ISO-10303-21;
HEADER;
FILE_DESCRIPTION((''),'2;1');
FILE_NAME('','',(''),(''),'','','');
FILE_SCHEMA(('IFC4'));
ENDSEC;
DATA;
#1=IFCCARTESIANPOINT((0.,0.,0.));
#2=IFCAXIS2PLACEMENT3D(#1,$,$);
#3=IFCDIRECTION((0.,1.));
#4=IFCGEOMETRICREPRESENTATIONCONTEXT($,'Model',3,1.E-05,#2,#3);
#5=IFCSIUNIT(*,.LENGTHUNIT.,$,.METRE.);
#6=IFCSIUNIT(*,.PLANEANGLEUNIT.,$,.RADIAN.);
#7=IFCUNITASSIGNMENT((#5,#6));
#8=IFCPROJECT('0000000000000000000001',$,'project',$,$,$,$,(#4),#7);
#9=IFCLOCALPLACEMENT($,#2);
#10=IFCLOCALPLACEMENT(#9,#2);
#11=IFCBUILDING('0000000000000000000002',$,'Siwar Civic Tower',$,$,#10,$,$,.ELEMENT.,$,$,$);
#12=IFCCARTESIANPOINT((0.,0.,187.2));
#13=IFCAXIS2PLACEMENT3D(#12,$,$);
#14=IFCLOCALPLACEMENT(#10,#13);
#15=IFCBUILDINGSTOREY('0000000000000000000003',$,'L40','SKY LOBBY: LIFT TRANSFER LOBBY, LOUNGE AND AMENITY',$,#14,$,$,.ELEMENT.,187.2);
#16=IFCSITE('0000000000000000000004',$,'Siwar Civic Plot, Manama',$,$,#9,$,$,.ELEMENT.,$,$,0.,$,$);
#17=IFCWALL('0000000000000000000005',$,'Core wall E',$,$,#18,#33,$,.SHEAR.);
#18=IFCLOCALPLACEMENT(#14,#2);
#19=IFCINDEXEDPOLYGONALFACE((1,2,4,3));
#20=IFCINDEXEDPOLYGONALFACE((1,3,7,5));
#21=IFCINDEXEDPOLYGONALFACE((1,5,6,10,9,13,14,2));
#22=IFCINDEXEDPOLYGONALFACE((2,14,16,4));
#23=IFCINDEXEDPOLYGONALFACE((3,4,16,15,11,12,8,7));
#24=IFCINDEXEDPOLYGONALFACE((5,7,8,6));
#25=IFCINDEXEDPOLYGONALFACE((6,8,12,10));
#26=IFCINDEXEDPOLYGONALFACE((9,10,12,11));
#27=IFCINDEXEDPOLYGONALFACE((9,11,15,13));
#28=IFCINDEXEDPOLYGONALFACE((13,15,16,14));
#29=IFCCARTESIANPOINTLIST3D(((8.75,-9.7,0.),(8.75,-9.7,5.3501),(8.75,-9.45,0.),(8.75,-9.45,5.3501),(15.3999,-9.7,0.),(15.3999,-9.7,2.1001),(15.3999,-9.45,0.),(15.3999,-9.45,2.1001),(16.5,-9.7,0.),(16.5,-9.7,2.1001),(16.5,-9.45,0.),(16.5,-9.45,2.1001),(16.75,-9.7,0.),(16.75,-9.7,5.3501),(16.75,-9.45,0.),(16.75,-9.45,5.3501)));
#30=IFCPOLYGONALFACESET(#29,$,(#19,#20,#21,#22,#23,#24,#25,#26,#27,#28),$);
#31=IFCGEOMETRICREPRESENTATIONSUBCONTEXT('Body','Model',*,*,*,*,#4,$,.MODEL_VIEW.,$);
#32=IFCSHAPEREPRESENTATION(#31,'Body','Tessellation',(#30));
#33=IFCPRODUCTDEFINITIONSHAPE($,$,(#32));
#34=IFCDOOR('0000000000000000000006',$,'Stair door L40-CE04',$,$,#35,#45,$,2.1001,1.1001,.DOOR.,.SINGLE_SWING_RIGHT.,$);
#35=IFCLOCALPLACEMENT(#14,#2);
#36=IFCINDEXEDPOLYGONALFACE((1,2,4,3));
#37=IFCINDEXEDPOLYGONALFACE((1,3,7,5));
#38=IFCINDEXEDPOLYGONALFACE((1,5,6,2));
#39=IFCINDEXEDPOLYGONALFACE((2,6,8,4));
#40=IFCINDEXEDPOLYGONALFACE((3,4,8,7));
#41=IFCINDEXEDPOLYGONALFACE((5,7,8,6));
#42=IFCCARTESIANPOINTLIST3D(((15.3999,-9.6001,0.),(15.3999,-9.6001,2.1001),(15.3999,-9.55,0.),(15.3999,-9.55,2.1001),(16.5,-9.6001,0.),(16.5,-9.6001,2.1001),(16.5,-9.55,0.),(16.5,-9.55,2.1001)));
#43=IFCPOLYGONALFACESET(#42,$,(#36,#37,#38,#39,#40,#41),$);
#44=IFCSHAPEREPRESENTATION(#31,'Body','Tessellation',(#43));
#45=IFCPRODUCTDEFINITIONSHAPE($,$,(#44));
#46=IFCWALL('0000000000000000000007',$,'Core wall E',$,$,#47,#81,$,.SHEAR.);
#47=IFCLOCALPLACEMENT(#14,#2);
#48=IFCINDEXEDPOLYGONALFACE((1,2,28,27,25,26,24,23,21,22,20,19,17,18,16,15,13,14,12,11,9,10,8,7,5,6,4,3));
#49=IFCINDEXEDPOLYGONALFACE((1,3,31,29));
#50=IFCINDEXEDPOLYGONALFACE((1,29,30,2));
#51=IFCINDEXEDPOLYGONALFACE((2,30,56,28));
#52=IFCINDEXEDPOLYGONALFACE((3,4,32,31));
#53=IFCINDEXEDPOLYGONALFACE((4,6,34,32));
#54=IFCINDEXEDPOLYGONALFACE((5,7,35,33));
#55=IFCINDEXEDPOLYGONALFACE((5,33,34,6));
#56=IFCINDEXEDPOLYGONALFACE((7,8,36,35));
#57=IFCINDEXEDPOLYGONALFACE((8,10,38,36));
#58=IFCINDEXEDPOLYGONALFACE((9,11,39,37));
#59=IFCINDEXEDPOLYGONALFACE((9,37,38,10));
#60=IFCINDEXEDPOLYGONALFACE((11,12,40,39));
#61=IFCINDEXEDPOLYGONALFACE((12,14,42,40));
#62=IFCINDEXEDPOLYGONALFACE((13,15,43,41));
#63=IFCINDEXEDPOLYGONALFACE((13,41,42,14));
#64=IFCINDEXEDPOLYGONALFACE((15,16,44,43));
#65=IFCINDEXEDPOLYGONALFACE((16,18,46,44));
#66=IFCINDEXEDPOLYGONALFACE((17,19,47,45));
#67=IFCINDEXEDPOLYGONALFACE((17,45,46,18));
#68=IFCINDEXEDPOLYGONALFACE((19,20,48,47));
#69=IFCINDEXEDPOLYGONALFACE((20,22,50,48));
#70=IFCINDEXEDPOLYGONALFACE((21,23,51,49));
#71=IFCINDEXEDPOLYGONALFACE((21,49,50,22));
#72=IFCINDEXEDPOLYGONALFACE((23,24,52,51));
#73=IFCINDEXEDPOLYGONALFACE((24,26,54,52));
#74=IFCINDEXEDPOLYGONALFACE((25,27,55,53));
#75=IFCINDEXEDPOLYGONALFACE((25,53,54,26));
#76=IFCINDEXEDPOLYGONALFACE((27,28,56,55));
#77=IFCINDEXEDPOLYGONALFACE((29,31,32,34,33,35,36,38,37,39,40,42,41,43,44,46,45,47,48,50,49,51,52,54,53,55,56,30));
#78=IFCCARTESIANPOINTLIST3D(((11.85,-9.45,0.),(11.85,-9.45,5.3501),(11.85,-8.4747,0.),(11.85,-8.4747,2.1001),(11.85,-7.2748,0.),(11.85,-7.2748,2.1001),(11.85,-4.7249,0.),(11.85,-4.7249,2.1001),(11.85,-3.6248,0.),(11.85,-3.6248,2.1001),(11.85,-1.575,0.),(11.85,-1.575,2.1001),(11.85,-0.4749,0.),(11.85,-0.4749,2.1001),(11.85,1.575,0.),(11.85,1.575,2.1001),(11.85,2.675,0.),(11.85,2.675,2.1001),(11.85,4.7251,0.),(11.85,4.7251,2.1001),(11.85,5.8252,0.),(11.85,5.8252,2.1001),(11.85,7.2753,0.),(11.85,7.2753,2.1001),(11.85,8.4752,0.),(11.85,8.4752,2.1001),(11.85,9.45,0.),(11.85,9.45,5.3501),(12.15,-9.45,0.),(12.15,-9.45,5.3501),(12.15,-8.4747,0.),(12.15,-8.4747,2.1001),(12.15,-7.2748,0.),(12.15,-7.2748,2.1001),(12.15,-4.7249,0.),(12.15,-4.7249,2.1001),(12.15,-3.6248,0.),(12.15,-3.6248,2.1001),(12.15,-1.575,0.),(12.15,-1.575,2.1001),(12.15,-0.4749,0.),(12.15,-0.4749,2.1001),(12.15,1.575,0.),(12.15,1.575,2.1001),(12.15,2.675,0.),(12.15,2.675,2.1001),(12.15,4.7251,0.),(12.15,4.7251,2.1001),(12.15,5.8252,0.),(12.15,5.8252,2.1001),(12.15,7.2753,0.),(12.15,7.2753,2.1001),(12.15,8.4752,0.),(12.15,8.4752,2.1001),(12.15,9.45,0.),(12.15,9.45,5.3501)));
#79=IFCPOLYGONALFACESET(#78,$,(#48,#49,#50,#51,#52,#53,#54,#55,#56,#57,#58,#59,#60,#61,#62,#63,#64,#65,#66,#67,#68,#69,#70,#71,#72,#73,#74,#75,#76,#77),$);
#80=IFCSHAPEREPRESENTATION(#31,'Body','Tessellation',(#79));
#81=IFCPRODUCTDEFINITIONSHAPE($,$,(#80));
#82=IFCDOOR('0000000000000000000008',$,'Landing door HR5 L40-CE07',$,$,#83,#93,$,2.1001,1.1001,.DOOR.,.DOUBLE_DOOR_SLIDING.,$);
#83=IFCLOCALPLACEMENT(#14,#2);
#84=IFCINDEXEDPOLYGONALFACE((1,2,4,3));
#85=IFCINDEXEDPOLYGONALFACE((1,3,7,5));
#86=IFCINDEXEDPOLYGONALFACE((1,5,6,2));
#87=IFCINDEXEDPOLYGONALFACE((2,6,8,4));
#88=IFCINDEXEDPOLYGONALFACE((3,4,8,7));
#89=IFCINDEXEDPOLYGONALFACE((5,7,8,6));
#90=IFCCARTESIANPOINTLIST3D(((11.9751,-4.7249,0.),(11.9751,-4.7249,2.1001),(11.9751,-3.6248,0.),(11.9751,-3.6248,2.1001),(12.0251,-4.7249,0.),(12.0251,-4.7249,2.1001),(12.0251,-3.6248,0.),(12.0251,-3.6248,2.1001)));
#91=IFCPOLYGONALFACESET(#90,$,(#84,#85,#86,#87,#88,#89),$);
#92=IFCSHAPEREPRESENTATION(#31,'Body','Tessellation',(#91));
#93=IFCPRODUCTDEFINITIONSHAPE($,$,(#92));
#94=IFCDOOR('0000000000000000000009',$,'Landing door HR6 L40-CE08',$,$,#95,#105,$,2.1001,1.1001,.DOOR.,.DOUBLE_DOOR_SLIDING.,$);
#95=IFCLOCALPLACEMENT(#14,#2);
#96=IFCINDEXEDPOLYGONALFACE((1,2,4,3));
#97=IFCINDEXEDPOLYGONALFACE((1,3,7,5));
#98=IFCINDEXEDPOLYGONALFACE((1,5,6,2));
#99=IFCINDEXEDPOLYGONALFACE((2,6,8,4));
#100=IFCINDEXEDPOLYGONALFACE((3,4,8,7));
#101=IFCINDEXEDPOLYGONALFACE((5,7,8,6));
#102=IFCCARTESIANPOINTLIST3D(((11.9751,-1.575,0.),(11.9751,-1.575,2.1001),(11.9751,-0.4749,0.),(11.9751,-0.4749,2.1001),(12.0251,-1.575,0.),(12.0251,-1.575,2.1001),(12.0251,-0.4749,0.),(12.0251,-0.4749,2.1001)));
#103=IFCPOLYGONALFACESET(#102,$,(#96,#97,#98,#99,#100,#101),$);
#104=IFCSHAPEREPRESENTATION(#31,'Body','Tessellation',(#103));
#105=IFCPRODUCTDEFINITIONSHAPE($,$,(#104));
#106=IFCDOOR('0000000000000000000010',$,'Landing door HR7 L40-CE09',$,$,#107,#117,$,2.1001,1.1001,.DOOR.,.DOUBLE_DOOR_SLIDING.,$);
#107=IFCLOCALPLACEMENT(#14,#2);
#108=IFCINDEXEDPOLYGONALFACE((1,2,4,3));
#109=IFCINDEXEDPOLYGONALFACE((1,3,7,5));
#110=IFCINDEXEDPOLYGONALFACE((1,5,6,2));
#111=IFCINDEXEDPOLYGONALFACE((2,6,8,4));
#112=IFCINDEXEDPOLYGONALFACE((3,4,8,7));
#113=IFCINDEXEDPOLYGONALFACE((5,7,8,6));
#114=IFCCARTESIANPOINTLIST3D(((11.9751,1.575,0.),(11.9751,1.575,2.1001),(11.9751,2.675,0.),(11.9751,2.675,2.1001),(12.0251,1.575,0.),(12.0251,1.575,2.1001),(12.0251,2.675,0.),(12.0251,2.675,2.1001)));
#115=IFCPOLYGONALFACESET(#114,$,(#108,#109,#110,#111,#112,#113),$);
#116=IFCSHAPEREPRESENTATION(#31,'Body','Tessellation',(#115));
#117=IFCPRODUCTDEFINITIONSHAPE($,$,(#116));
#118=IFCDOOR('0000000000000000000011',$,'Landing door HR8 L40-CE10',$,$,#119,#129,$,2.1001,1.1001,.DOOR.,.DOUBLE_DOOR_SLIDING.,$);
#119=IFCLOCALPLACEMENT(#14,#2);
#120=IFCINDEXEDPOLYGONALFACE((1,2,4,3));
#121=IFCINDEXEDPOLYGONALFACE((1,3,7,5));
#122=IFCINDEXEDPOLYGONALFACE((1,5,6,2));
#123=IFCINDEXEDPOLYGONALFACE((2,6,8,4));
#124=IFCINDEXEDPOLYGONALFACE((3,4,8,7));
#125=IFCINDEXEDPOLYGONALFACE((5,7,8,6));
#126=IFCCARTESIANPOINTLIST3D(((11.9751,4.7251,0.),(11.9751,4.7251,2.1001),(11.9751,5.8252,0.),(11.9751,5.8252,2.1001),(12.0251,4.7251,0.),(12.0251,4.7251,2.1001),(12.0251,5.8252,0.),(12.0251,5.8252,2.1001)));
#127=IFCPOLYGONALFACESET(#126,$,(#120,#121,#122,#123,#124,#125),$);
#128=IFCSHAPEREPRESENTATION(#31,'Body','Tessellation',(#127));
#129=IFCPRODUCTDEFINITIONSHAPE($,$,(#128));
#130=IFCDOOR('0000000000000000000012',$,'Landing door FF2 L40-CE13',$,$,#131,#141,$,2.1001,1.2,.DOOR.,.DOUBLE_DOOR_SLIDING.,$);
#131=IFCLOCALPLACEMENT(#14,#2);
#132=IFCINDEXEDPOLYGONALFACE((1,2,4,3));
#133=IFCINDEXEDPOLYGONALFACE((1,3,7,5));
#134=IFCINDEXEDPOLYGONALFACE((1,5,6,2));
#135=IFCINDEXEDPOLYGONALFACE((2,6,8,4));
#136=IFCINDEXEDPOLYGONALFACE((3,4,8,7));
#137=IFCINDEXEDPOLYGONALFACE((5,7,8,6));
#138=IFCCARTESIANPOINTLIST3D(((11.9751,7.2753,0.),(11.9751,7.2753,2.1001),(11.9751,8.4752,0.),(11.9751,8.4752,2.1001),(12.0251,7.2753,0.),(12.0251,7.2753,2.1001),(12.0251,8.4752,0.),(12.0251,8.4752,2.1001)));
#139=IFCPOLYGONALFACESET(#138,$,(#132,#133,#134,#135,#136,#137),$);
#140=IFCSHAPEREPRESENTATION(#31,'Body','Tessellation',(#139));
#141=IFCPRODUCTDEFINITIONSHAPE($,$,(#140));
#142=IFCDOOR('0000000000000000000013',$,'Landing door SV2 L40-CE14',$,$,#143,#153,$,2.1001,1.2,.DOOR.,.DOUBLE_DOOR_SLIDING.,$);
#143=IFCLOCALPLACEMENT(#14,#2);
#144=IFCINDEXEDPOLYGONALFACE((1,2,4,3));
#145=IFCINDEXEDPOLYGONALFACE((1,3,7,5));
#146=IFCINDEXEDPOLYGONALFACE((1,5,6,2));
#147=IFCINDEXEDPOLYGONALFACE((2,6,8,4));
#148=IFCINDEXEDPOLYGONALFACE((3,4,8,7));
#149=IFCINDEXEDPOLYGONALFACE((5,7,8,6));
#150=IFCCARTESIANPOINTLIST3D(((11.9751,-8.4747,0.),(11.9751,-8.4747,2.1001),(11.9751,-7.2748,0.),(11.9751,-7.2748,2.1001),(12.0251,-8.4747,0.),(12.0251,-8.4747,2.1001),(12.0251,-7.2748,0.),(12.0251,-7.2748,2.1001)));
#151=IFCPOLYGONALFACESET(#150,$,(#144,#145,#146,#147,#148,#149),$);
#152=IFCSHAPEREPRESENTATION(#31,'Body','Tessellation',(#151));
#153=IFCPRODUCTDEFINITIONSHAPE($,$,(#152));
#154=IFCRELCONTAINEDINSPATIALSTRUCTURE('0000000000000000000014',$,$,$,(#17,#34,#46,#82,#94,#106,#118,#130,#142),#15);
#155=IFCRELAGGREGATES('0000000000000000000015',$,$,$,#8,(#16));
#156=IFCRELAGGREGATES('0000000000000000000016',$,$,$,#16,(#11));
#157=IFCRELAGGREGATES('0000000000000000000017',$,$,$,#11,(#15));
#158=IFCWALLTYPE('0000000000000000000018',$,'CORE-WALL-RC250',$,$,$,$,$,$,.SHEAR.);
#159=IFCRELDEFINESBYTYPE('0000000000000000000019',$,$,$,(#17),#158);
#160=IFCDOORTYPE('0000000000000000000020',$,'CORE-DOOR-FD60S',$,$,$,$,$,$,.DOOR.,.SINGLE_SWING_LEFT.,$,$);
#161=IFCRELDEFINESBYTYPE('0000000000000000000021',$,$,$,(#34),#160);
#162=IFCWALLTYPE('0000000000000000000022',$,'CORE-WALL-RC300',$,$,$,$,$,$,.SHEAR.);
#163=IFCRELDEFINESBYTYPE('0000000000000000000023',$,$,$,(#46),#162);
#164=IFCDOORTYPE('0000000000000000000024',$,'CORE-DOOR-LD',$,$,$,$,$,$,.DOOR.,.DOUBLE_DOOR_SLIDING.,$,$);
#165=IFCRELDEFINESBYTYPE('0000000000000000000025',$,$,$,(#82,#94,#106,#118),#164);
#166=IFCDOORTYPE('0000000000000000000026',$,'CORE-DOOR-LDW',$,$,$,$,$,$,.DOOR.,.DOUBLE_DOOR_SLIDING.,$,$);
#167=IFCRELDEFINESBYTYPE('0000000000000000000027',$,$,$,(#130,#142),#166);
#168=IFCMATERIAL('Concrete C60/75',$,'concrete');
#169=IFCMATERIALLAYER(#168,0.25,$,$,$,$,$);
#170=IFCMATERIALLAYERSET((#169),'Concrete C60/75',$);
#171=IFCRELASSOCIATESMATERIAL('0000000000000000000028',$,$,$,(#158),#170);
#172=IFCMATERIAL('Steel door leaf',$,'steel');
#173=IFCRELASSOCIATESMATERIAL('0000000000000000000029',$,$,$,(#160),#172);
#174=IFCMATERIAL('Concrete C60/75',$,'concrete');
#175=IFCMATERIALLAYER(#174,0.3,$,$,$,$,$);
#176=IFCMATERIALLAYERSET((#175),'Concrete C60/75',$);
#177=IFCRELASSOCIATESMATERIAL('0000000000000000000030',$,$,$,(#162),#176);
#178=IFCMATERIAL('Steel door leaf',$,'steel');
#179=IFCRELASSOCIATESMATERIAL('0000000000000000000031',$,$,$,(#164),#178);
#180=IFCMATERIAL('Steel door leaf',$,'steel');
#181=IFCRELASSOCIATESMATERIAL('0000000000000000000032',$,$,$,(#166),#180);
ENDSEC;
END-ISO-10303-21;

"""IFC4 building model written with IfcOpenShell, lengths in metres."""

from ifc_helpers import new_model, si_unit, direction, frame, frame_2d, origin, place, context, subcontext, project, spatial, rectangle, extrude, material, layer, layer_set, type_object, element, fill, save


model = new_model("IFC4")

# Units and contexts
model_context = context("Model", 3, precision=1e-05, world=origin(), true_north=direction((0.0, 1.0)))
body_context = subcontext(model_context, "Body", "Model", "MODEL_VIEW")
ifc_project = project(units=[si_unit("LENGTHUNIT", "METRE"), si_unit("PLANEANGLEUNIT", "RADIAN")], contexts=[model_context])

# Site, building, storey
site_placement = place(None, origin())
site = spatial("IfcSite", under=ifc_project, at=site_placement, Name="Siwar Civic Plot, Manama", CompositionType="ELEMENT", RefElevation=0.0)
building_placement = place(site_placement, origin())
building = spatial("IfcBuilding", under=site, at=building_placement, Name="Siwar Civic Tower", CompositionType="ELEMENT")
storey_placement = place(building_placement, frame((0.0, 0.0, 187.2)))
storey = spatial("IfcBuildingStorey", under=building, at=storey_placement, Name="L40", Description="SKY LOBBY: LIFT TRANSFER LOBBY, LOUNGE AND AMENITY", CompositionType="ELEMENT", Elevation=187.2)

# Shared definitions
ifc_material_1 = material(Name="Concrete C60/75", Category="concrete")
ifc_layer_1 = layer(ifc_material_1, 0.25)
ifc_layer_set_1 = layer_set([ifc_layer_1], Name="Concrete C60/75")
wall_type_1 = type_object("IfcWallType", Name="CORE-WALL-RC250", PredefinedType="SHEAR", material=ifc_layer_set_1)

# Wall, opening, door
wall_1_placement = place(storey_placement, frame((8.75, -9.575, 0.0), z_axis=(0.0, 0.0, 1.0), x_axis=(1.0, 0.0, 0.0)))
wall_1 = element("IfcWall", 1, at=wall_1_placement, inside=storey, type_object=wall_type_1, Name="Core wall E", PredefinedType="SHEAR", context=body_context, shape_type="SweptSolid", body=[
    extrude(rectangle(XDim=8.0, YDim=0.25, at=frame_2d((4.0, 0.0))), origin(), (0.0, 0.0, 1.0), 5.3501),
])
opening_1_placement = place(wall_1_placement, frame((6.6499, 0.0, 0.0)))
opening_1 = element("IfcOpeningElement", 2, at=opening_1_placement, cuts=wall_1, PredefinedType="OPENING", context=body_context, shape_type="SweptSolid", body=[
    extrude(rectangle(XDim=1.1001, YDim=2.1001, at=frame_2d((0.55, 1.05))), frame((0.0, 0.135, 0.0), z_axis=(0.0, -1.0, 0.0), x_axis=(1.0, 0.0, 0.0)), (0.0, 0.0, 1.0), 0.27),
])
ifc_material_2 = material(Name="Steel door leaf", Category="steel")
door_type_1 = type_object("IfcDoorType", Name="CORE-DOOR-FD60S", OperationType="SINGLE_SWING_LEFT", PredefinedType="DOOR", material=ifc_material_2)
door_1_placement = place(opening_1_placement, origin())
door_1 = element("IfcDoor", 3, at=door_1_placement, inside=storey, type_object=door_type_1, Name="Stair door L40-CE04", OperationType="SINGLE_SWING_RIGHT", OverallHeight=2.1001, OverallWidth=1.1001, PredefinedType="DOOR", context=body_context, shape_type="SweptSolid", body=[
    extrude(rectangle(XDim=1.1001, YDim=2.1001, at=frame_2d((0.55, 1.05))), frame((0.0, 0.0249, 0.0), z_axis=(0.0, -1.0, 0.0), x_axis=(1.0, 0.0, 0.0)), (0.0, 0.0, 1.0), 0.05),
])
fill(opening_1, door_1)

# Wall, openings, doors
ifc_material_3 = material(Name="Concrete C60/75", Category="concrete")
ifc_layer_2 = layer(ifc_material_3, 0.3)
ifc_layer_set_2 = layer_set([ifc_layer_2], Name="Concrete C60/75")
wall_type_2 = type_object("IfcWallType", Name="CORE-WALL-RC300", PredefinedType="SHEAR", material=ifc_layer_set_2)
wall_2_placement = place(storey_placement, frame((12.0, -9.45, 0.0), z_axis=(0.0, 0.0, 1.0), x_axis=(0.0, 1.0, 0.0)))
wall_2 = element("IfcWall", 4, at=wall_2_placement, inside=storey, type_object=wall_type_2, Name="Core wall E", PredefinedType="SHEAR", context=body_context, shape_type="SweptSolid", body=[
    extrude(rectangle(XDim=18.8999, YDim=0.3, at=frame_2d((9.45, 0.0))), origin(), (0.0, 0.0, 1.0), 5.3501),
])
opening_2_placement = place(wall_2_placement, frame((4.7251, 0.0, 0.0)))
opening_2 = element("IfcOpeningElement", 5, at=opening_2_placement, cuts=wall_2, PredefinedType="OPENING", context=body_context, shape_type="SweptSolid", body=[
    extrude(rectangle(XDim=1.1001, YDim=2.1001, at=frame_2d((0.55, 1.05))), frame((0.0, 0.1602, 0.0), z_axis=(0.0, -1.0, 0.0), x_axis=(1.0, 0.0, 0.0)), (0.0, 0.0, 1.0), 0.3201),
])
opening_3_placement = place(wall_2_placement, frame((7.875, 0.0, 0.0)))
opening_3 = element("IfcOpeningElement", 6, at=opening_3_placement, cuts=wall_2, PredefinedType="OPENING", context=body_context, shape_type="SweptSolid", body=[
    extrude(rectangle(XDim=1.1001, YDim=2.1001, at=frame_2d((0.55, 1.05))), frame((0.0, 0.1602, 0.0), z_axis=(0.0, -1.0, 0.0), x_axis=(1.0, 0.0, 0.0)), (0.0, 0.0, 1.0), 0.3201),
])
opening_4_placement = place(wall_2_placement, frame((11.0249, 0.0, 0.0)))
opening_4 = element("IfcOpeningElement", 7, at=opening_4_placement, cuts=wall_2, PredefinedType="OPENING", context=body_context, shape_type="SweptSolid", body=[
    extrude(rectangle(XDim=1.1001, YDim=2.1001, at=frame_2d((0.55, 1.05))), frame((0.0, 0.1602, 0.0), z_axis=(0.0, -1.0, 0.0), x_axis=(1.0, 0.0, 0.0)), (0.0, 0.0, 1.0), 0.3201),
])
opening_5_placement = place(wall_2_placement, frame((14.175, 0.0, 0.0)))
opening_5 = element("IfcOpeningElement", 8, at=opening_5_placement, cuts=wall_2, PredefinedType="OPENING", context=body_context, shape_type="SweptSolid", body=[
    extrude(rectangle(XDim=1.1001, YDim=2.1001, at=frame_2d((0.55, 1.05))), frame((0.0, 0.1602, 0.0), z_axis=(0.0, -1.0, 0.0), x_axis=(1.0, 0.0, 0.0)), (0.0, 0.0, 1.0), 0.3201),
])
opening_6_placement = place(wall_2_placement, frame((16.7251, 0.0, 0.0)))
opening_6 = element("IfcOpeningElement", 9, at=opening_6_placement, cuts=wall_2, PredefinedType="OPENING", context=body_context, shape_type="SweptSolid", body=[
    extrude(rectangle(XDim=1.2, YDim=2.1001, at=frame_2d((0.6001, 1.05))), frame((0.0, 0.1602, 0.0), z_axis=(0.0, -1.0, 0.0), x_axis=(1.0, 0.0, 0.0)), (0.0, 0.0, 1.0), 0.3201),
])
opening_7_placement = place(wall_2_placement, frame((0.9751, 0.0, 0.0)))
opening_7 = element("IfcOpeningElement", 10, at=opening_7_placement, cuts=wall_2, PredefinedType="OPENING", context=body_context, shape_type="SweptSolid", body=[
    extrude(rectangle(XDim=1.2, YDim=2.1001, at=frame_2d((0.6001, 1.05))), frame((0.0, 0.1602, 0.0), z_axis=(0.0, -1.0, 0.0), x_axis=(1.0, 0.0, 0.0)), (0.0, 0.0, 1.0), 0.3201),
])
ifc_material_4 = material(Name="Steel door leaf", Category="steel")
door_type_2 = type_object("IfcDoorType", Name="CORE-DOOR-LD", OperationType="DOUBLE_DOOR_SLIDING", PredefinedType="DOOR", material=ifc_material_4)
door_2_placement = place(opening_2_placement, origin())
door_2 = element("IfcDoor", 11, at=door_2_placement, inside=storey, type_object=door_type_2, Name="Landing door HR5 L40-CE07", OperationType="DOUBLE_DOOR_SLIDING", OverallHeight=2.1001, OverallWidth=1.1001, PredefinedType="DOOR", context=body_context, shape_type="SweptSolid", body=[
    extrude(rectangle(XDim=1.1001, YDim=2.1001, at=frame_2d((0.55, 1.05))), frame((0.0, 0.0249, 0.0), z_axis=(0.0, -1.0, 0.0), x_axis=(1.0, 0.0, 0.0)), (0.0, 0.0, 1.0), 0.05),
])
fill(opening_2, door_2)
door_3_placement = place(opening_3_placement, origin())
door_3 = element("IfcDoor", 12, at=door_3_placement, inside=storey, type_object=door_type_2, Name="Landing door HR6 L40-CE08", OperationType="DOUBLE_DOOR_SLIDING", OverallHeight=2.1001, OverallWidth=1.1001, PredefinedType="DOOR", context=body_context, shape_type="SweptSolid", body=[
    extrude(rectangle(XDim=1.1001, YDim=2.1001, at=frame_2d((0.55, 1.05))), frame((0.0, 0.0249, 0.0), z_axis=(0.0, -1.0, 0.0), x_axis=(1.0, 0.0, 0.0)), (0.0, 0.0, 1.0), 0.05),
])
fill(opening_3, door_3)
door_4_placement = place(opening_4_placement, origin())
door_4 = element("IfcDoor", 13, at=door_4_placement, inside=storey, type_object=door_type_2, Name="Landing door HR7 L40-CE09", OperationType="DOUBLE_DOOR_SLIDING", OverallHeight=2.1001, OverallWidth=1.1001, PredefinedType="DOOR", context=body_context, shape_type="SweptSolid", body=[
    extrude(rectangle(XDim=1.1001, YDim=2.1001, at=frame_2d((0.55, 1.05))), frame((0.0, 0.0249, 0.0), z_axis=(0.0, -1.0, 0.0), x_axis=(1.0, 0.0, 0.0)), (0.0, 0.0, 1.0), 0.05),
])
fill(opening_4, door_4)
door_5_placement = place(opening_5_placement, origin())
door_5 = element("IfcDoor", 14, at=door_5_placement, inside=storey, type_object=door_type_2, Name="Landing door HR8 L40-CE10", OperationType="DOUBLE_DOOR_SLIDING", OverallHeight=2.1001, OverallWidth=1.1001, PredefinedType="DOOR", context=body_context, shape_type="SweptSolid", body=[
    extrude(rectangle(XDim=1.1001, YDim=2.1001, at=frame_2d((0.55, 1.05))), frame((0.0, 0.0249, 0.0), z_axis=(0.0, -1.0, 0.0), x_axis=(1.0, 0.0, 0.0)), (0.0, 0.0, 1.0), 0.05),
])
fill(opening_5, door_5)
ifc_material_5 = material(Name="Steel door leaf", Category="steel")
door_type_3 = type_object("IfcDoorType", Name="CORE-DOOR-LDW", OperationType="DOUBLE_DOOR_SLIDING", PredefinedType="DOOR", material=ifc_material_5)
door_6_placement = place(opening_6_placement, origin())
door_6 = element("IfcDoor", 15, at=door_6_placement, inside=storey, type_object=door_type_3, Name="Landing door FF2 L40-CE13", OperationType="DOUBLE_DOOR_SLIDING", OverallHeight=2.1001, OverallWidth=1.2, PredefinedType="DOOR", context=body_context, shape_type="SweptSolid", body=[
    extrude(rectangle(XDim=1.2, YDim=2.1001, at=frame_2d((0.6001, 1.05))), frame((0.0, 0.0249, 0.0), z_axis=(0.0, -1.0, 0.0), x_axis=(1.0, 0.0, 0.0)), (0.0, 0.0, 1.0), 0.05),
])
fill(opening_6, door_6)
door_7_placement = place(opening_7_placement, origin())
door_7 = element("IfcDoor", 16, at=door_7_placement, inside=storey, type_object=door_type_3, Name="Landing door SV2 L40-CE14", OperationType="DOUBLE_DOOR_SLIDING", OverallHeight=2.1001, OverallWidth=1.2, PredefinedType="DOOR", context=body_context, shape_type="SweptSolid", body=[
    extrude(rectangle(XDim=1.2, YDim=2.1001, at=frame_2d((0.6001, 1.05))), frame((0.0, 0.0249, 0.0), z_axis=(0.0, -1.0, 0.0), x_axis=(1.0, 0.0, 0.0)), (0.0, 0.0, 1.0), 0.05),
])
fill(opening_7, door_7)

save(model, "model.ifc")
